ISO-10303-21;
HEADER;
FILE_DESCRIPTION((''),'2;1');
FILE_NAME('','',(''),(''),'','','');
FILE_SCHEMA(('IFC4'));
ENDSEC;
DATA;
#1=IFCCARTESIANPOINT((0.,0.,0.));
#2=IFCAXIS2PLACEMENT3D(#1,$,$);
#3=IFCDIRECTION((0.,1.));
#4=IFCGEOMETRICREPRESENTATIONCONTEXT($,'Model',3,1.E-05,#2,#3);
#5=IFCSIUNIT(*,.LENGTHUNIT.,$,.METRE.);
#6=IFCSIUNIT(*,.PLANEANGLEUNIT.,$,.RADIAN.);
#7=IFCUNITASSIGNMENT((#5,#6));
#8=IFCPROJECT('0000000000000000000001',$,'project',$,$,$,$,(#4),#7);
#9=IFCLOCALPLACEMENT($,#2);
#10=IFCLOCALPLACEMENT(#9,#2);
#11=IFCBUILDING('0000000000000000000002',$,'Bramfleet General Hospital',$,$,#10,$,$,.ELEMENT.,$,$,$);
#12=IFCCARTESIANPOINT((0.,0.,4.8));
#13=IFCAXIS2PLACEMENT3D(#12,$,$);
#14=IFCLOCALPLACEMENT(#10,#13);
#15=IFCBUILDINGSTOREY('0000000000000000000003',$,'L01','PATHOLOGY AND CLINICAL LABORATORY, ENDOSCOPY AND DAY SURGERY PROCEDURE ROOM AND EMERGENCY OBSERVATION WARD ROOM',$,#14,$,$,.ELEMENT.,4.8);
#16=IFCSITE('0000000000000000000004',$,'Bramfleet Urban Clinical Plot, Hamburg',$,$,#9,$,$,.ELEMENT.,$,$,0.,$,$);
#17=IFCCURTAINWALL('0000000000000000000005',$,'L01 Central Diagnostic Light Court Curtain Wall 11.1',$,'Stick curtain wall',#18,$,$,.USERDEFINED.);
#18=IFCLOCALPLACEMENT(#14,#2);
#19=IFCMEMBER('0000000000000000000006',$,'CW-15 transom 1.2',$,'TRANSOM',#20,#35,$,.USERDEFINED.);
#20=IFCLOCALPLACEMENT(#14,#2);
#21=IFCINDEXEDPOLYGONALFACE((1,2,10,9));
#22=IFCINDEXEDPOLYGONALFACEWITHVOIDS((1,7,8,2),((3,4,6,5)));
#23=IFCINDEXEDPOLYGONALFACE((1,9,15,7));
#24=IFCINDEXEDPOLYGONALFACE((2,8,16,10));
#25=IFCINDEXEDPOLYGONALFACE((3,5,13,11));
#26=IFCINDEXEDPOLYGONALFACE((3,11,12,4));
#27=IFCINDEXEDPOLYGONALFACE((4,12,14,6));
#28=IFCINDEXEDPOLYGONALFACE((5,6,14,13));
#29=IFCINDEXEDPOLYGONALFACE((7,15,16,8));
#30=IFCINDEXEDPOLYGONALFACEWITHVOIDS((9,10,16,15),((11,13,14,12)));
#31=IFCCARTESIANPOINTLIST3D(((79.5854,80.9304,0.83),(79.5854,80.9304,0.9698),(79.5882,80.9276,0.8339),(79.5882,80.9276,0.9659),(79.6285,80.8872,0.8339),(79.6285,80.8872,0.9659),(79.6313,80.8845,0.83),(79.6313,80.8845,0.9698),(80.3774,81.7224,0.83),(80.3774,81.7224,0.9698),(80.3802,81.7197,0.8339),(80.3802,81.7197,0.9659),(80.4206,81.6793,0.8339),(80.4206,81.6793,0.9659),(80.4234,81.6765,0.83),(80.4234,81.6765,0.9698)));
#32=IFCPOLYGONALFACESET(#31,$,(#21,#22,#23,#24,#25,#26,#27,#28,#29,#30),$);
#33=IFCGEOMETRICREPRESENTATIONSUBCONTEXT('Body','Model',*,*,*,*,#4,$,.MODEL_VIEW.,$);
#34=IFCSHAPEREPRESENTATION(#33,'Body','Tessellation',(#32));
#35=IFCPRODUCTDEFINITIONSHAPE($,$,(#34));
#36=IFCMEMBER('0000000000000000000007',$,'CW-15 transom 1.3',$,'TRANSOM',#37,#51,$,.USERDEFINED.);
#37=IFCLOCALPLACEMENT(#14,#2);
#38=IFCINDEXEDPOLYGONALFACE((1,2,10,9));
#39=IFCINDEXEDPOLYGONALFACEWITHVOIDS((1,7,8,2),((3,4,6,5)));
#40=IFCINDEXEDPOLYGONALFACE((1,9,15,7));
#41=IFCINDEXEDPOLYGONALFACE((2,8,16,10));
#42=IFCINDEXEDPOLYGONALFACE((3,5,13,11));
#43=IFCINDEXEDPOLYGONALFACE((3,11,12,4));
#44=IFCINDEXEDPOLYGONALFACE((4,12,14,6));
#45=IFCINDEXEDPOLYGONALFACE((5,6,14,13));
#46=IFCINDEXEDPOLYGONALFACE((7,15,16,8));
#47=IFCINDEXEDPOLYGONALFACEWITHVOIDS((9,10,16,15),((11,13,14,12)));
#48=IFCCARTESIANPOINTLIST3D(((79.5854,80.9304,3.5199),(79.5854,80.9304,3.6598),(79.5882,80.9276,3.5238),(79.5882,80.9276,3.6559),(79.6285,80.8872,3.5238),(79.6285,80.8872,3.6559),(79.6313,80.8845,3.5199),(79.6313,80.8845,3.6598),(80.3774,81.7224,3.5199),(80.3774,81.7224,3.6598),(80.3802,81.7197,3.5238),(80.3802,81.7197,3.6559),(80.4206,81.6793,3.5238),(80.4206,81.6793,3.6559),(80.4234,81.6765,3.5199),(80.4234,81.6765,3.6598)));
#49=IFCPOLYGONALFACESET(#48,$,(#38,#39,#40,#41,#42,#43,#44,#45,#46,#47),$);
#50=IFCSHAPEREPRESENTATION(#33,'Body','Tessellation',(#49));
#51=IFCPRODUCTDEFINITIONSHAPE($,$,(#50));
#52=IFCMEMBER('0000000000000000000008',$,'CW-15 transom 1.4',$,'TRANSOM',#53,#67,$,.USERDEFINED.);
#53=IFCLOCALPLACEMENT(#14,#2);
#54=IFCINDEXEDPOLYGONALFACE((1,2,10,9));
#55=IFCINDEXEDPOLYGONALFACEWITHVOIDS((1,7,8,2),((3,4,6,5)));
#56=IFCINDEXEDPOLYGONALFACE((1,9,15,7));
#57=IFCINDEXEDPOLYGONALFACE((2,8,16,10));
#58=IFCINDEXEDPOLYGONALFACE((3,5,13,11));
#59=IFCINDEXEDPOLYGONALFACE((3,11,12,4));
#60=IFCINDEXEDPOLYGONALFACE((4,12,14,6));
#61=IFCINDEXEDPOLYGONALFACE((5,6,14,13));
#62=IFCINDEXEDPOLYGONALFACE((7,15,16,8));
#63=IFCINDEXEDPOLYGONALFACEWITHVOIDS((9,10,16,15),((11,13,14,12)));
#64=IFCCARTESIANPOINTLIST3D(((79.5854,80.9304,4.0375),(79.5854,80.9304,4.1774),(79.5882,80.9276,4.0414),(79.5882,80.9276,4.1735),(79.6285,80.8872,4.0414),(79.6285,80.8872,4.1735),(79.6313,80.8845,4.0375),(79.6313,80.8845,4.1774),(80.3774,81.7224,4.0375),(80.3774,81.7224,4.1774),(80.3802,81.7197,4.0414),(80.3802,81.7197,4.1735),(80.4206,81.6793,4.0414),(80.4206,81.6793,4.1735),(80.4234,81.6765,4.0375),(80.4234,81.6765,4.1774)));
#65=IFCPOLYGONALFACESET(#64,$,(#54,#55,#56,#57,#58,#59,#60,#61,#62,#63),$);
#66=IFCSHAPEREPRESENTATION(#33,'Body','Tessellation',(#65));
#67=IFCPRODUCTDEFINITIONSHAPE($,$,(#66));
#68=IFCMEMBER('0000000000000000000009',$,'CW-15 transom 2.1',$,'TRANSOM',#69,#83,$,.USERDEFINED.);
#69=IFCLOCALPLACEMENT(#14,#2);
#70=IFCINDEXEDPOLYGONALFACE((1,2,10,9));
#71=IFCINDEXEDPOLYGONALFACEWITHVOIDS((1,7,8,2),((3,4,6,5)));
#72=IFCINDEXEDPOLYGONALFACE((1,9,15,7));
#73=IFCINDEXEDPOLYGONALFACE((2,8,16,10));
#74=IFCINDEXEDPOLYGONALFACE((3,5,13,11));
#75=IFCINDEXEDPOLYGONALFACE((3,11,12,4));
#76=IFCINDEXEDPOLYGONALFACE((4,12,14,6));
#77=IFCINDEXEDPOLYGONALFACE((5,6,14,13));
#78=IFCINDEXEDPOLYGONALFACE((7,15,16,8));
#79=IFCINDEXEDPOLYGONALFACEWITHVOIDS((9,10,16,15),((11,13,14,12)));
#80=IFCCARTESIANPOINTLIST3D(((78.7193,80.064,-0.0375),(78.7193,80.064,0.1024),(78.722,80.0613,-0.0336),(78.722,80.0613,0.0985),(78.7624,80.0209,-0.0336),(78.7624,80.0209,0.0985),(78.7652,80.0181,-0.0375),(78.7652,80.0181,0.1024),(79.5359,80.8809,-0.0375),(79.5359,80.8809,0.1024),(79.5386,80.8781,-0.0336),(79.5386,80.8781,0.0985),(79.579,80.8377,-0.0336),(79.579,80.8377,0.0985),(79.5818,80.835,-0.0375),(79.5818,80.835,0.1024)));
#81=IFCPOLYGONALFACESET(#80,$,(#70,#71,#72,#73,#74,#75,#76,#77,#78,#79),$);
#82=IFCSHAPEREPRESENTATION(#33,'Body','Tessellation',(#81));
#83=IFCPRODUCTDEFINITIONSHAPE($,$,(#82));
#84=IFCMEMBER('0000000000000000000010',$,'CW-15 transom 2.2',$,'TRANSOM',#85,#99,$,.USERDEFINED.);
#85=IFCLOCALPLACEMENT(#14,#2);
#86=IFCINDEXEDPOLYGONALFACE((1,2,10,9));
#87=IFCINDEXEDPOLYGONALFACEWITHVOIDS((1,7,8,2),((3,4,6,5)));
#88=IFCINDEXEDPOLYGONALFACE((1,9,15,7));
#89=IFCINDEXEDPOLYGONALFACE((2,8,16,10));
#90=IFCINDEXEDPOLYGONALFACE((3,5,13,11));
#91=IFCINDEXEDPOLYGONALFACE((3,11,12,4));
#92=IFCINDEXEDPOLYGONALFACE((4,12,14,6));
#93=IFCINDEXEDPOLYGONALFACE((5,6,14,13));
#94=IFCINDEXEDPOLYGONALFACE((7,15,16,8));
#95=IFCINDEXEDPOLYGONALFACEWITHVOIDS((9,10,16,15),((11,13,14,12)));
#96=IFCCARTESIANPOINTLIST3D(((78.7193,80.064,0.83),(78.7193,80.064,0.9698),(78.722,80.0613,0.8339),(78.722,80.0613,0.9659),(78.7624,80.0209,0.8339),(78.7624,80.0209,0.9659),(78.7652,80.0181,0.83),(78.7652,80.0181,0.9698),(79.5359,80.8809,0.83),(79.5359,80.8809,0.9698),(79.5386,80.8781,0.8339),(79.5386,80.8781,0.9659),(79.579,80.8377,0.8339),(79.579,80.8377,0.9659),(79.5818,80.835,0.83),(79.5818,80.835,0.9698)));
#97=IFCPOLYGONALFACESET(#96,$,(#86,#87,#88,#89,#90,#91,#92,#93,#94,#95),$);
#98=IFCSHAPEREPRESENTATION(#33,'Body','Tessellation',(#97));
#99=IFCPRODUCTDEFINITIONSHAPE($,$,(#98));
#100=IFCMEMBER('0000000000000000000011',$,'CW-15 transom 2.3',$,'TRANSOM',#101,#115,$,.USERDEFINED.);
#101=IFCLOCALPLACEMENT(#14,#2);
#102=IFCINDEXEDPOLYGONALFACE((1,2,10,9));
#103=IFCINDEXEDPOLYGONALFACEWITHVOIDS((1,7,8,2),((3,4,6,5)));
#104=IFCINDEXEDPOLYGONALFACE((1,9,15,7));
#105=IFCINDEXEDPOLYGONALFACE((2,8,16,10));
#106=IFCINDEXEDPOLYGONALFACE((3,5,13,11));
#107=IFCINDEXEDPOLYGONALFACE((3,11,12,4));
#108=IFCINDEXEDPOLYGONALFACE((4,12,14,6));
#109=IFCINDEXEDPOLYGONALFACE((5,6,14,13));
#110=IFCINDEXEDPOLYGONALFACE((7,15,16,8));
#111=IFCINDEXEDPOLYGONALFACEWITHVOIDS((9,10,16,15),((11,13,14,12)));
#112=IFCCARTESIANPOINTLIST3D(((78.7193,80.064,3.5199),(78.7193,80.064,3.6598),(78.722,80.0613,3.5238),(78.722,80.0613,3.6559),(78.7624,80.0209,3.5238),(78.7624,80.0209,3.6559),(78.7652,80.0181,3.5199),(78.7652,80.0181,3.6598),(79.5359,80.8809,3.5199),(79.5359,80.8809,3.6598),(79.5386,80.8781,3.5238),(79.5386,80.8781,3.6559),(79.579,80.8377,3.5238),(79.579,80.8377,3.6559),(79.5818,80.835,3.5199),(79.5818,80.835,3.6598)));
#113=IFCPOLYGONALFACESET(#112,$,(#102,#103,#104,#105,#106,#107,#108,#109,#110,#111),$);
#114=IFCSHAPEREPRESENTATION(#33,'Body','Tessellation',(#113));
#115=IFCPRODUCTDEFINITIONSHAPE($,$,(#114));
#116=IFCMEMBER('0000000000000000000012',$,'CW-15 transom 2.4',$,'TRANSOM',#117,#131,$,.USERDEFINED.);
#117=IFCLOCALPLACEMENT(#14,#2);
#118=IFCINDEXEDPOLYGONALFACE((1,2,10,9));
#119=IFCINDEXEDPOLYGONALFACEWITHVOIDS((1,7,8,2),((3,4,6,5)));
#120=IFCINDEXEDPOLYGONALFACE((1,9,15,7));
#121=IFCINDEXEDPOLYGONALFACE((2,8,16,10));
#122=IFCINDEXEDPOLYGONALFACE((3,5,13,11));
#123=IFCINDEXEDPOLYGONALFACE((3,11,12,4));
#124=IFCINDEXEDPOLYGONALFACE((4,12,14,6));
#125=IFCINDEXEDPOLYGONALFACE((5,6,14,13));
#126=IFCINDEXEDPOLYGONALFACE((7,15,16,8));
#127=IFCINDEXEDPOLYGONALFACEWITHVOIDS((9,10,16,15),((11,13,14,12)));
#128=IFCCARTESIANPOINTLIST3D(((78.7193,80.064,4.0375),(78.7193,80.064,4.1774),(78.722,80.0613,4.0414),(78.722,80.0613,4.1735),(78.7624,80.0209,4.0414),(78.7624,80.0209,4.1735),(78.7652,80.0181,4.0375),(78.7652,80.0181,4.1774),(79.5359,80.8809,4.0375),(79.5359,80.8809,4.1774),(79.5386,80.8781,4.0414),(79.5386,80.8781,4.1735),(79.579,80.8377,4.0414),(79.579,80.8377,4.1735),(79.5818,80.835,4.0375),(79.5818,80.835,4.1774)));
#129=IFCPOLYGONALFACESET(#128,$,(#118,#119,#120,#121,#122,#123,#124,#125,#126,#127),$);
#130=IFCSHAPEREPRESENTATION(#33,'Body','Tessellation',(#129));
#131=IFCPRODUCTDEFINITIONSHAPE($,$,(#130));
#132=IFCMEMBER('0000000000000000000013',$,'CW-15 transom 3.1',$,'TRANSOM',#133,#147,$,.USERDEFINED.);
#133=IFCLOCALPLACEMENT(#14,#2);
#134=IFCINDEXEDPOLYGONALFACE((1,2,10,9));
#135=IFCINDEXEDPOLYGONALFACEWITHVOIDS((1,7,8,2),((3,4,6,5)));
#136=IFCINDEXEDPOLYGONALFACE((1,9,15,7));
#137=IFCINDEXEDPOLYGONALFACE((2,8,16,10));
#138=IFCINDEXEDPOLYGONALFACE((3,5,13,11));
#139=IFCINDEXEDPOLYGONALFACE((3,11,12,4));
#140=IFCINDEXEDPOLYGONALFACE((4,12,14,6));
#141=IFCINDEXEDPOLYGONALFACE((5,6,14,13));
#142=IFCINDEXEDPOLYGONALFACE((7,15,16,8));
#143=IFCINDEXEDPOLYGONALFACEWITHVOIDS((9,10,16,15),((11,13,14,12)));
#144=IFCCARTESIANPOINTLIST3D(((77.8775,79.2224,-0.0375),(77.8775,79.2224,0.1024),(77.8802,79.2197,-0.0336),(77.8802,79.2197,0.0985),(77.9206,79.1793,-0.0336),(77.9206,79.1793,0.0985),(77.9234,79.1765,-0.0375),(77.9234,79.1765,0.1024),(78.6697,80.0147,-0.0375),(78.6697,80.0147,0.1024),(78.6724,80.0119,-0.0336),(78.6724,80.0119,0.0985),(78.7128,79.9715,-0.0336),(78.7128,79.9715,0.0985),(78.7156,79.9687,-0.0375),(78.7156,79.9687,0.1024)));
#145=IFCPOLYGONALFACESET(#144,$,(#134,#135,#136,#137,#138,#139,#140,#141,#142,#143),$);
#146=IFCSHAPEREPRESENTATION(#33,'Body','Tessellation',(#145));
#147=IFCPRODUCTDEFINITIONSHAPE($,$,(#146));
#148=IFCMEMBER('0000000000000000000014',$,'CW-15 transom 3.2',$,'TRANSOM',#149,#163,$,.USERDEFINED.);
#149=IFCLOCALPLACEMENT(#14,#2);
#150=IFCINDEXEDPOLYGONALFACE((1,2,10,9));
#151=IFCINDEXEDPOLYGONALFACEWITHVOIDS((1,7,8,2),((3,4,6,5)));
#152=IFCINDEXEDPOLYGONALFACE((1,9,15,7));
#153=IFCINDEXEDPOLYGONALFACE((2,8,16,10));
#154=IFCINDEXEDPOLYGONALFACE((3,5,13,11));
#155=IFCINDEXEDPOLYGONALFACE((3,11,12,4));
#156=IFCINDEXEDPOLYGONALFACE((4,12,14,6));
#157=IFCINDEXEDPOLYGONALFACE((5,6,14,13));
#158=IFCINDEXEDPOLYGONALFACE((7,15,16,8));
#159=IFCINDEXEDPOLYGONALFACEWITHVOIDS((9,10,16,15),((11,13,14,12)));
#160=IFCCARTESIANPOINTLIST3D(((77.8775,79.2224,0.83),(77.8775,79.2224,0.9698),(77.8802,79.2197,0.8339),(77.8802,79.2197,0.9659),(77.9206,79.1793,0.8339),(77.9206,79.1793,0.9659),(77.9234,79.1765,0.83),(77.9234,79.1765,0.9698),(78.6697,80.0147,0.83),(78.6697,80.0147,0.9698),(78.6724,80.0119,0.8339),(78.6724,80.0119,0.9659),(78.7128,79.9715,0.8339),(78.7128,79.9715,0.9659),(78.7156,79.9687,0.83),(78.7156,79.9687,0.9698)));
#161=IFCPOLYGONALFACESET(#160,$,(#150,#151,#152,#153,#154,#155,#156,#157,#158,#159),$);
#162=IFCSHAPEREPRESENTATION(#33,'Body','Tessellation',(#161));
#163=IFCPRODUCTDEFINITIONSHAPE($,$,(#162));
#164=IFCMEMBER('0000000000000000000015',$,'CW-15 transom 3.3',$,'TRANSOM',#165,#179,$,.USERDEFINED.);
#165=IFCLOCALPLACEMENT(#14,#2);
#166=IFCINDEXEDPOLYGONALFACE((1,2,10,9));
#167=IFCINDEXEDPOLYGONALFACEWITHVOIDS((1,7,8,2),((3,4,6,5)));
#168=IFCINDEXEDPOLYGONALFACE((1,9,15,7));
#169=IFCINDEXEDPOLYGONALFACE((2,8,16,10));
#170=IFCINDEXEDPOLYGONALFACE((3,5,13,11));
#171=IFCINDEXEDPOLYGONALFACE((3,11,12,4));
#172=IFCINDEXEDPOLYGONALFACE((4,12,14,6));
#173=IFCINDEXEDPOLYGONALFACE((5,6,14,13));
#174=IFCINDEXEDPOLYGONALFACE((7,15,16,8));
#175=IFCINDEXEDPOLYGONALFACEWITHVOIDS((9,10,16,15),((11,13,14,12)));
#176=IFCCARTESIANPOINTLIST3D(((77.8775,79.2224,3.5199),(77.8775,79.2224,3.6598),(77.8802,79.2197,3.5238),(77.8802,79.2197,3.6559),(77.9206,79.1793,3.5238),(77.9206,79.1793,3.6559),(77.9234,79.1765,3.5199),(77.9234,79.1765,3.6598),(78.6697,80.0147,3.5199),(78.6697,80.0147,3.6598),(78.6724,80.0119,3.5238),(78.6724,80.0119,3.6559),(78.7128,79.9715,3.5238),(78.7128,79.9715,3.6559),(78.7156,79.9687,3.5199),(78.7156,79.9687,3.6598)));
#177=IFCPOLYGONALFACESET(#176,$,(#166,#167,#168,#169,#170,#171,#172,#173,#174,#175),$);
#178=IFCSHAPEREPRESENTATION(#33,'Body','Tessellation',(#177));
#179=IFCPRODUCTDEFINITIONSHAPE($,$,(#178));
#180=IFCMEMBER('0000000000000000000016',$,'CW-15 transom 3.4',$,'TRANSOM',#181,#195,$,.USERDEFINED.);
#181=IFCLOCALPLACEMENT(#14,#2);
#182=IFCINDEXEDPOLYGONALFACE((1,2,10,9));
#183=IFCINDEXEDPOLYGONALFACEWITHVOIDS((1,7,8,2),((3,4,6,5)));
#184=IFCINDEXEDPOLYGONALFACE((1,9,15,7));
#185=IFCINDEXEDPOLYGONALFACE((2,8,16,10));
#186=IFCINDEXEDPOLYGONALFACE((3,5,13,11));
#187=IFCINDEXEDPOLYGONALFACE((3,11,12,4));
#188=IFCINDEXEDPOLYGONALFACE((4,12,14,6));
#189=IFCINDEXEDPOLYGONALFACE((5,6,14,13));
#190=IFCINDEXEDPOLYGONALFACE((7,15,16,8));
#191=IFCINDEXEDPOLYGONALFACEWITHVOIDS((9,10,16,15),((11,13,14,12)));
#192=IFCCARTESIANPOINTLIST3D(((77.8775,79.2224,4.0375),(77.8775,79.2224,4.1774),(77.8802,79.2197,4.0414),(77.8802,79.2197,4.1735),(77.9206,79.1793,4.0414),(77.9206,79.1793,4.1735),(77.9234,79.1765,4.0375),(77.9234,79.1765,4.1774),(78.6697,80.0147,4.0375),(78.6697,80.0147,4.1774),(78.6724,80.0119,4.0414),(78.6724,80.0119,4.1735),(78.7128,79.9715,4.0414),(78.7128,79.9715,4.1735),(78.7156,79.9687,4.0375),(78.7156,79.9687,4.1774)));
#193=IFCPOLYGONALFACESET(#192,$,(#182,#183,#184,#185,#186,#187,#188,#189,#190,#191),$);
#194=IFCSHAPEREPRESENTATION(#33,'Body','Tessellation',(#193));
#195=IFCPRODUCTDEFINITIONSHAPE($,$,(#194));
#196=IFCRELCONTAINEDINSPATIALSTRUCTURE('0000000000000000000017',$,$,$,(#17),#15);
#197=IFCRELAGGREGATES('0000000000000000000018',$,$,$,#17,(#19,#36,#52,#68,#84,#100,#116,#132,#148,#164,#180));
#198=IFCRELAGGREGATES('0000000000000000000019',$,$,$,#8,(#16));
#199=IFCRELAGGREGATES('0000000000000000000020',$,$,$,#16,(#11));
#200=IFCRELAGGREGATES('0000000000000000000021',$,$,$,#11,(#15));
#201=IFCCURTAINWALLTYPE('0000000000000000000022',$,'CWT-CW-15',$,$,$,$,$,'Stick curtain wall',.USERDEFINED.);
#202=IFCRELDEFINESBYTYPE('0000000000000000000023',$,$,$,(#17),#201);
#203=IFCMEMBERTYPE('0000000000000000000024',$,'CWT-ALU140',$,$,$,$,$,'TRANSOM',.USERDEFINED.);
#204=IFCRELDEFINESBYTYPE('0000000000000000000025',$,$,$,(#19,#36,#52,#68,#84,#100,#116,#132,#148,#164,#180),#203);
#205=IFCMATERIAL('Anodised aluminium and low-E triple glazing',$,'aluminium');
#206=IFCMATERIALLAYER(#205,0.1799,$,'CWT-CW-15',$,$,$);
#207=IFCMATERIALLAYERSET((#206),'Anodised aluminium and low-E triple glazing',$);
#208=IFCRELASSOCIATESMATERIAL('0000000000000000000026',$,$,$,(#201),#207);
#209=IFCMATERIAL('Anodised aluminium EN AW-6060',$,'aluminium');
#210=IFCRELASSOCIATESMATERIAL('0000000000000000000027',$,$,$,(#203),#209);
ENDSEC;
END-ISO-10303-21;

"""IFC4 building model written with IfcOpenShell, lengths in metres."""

from ifc_helpers import new_model, si_unit, direction, frame, origin, origin_2d, place, context, subcontext, project, spatial, hollow_rectangle, extrude, material, layer, layer_set, material_profile, profile_set, type_object, element, aggregate, save


model = new_model("IFC4")

# Units and contexts
model_context = context("Model", 3, precision=1e-05, world=origin(), true_north=direction((0.0, 1.0)))
body_context = subcontext(model_context, "Body", "Model", "MODEL_VIEW")
ifc_project = project(units=[si_unit("LENGTHUNIT", "METRE"), si_unit("PLANEANGLEUNIT", "RADIAN")], contexts=[model_context])

# Site, building, storey
site_placement = place(None, origin())
site = spatial("IfcSite", under=ifc_project, at=site_placement, Name="Bramfleet Urban Clinical Plot, Hamburg", CompositionType="ELEMENT", RefElevation=0.0)
building_placement = place(site_placement, origin())
building = spatial("IfcBuilding", under=site, at=building_placement, Name="Bramfleet General Hospital", CompositionType="ELEMENT")
storey_placement = place(building_placement, frame((0.0, 0.0, 4.8)))
storey = spatial("IfcBuildingStorey", under=building, at=storey_placement, Name="L01", Description="PATHOLOGY AND CLINICAL LABORATORY, ENDOSCOPY AND DAY SURGERY PROCEDURE ROOM AND EMERGENCY OBSERVATION WARD ROOM", CompositionType="ELEMENT", Elevation=4.8)

# Curtain wall
ifc_material_1 = material(Name="Anodised aluminium and low-E triple glazing", Category="aluminium")
ifc_material_2 = material(Name="Anodised aluminium EN AW-6060", Category="aluminium")
ifc_layer_1 = layer(ifc_material_1, 0.1799, Name="CWT-CW-15")
ifc_layer_set_1 = layer_set([ifc_layer_1], Name="Anodised aluminium and low-E triple glazing")
curtain_wall_type_1 = type_object("IfcCurtainWallType", Name="CWT-CW-15", ElementType="Stick curtain wall", PredefinedType="USERDEFINED", material=ifc_layer_set_1)
curtain_wall_1_placement = place(storey_placement, origin())
curtain_wall_1 = element("IfcCurtainWall", 1, at=curtain_wall_1_placement, inside=storey, type_object=curtain_wall_type_1, Name="L01 Central Diagnostic Light Court Curtain Wall 11.1", ObjectType="Stick curtain wall", PredefinedType="USERDEFINED")

# Members
ifc_material_profile_1 = material_profile(ifc_material_2, hollow_rectangle(XDim=0.0649, YDim=0.1399, WallThickness=0.0039, at=origin_2d()), Name="ALU 140x65x4.0")
ifc_profile_set_1 = profile_set([ifc_material_profile_1], Name="Anodised aluminium EN AW-6060")
member_type_1 = type_object("IfcMemberType", Name="CWT-ALU140", ElementType="TRANSOM", PredefinedType="USERDEFINED", material=ifc_profile_set_1)
member_1_placement = place(storey_placement, frame((80.4004, 81.6995, 0.8999), z_axis=(-0.707107, -0.707107, 0.0), x_axis=(0.707107, -0.707107, 0.0)))
member_1 = element("IfcMember", 2, at=member_1_placement, type_object=member_type_1, Name="CW-15 transom 1.2", ObjectType="TRANSOM", PredefinedType="USERDEFINED", context=body_context, shape_type="SweptSolid", body=[
    extrude(hollow_rectangle(XDim=0.0649, YDim=0.1399, WallThickness=0.0039, at=origin_2d()), origin(), (0.0, 0.0, 1.0), 1.1201),
])
member_2_placement = place(storey_placement, frame((80.4004, 81.6995, 3.5898), z_axis=(-0.707107, -0.707107, 0.0), x_axis=(0.707107, -0.707107, 0.0)))
member_2 = element("IfcMember", 3, at=member_2_placement, type_object=member_type_1, Name="CW-15 transom 1.3", ObjectType="TRANSOM", PredefinedType="USERDEFINED", context=body_context, shape_type="SweptSolid", body=[
    extrude(hollow_rectangle(XDim=0.0649, YDim=0.1399, WallThickness=0.0039, at=origin_2d()), origin(), (0.0, 0.0, 1.0), 1.1201),
])
member_3_placement = place(storey_placement, frame((80.4004, 81.6995, 4.1074), z_axis=(-0.707107, -0.707107, 0.0), x_axis=(0.707107, -0.707107, 0.0)))
member_3 = element("IfcMember", 4, at=member_3_placement, type_object=member_type_1, Name="CW-15 transom 1.4", ObjectType="TRANSOM", PredefinedType="USERDEFINED", context=body_context, shape_type="SweptSolid", body=[
    extrude(hollow_rectangle(XDim=0.0649, YDim=0.1399, WallThickness=0.0039, at=origin_2d()), origin(), (0.0, 0.0, 1.0), 1.1201),
])
member_4_placement = place(storey_placement, frame((79.5588, 80.8579, 0.0325), z_axis=(-0.707001, -0.707212, 0.0), x_axis=(0.707212, -0.707001, 0.0)))
member_4 = element("IfcMember", 5, at=member_4_placement, type_object=member_type_1, Name="CW-15 transom 2.1", ObjectType="TRANSOM", PredefinedType="USERDEFINED", context=body_context, shape_type="SweptSolid", body=[
    extrude(hollow_rectangle(XDim=0.0649, YDim=0.1399, WallThickness=0.0039, at=origin_2d()), origin(), (0.0, 0.0, 1.0), 1.155),
])
member_5_placement = place(storey_placement, frame((79.5588, 80.8579, 0.8999), z_axis=(-0.707001, -0.707212, 0.0), x_axis=(0.707212, -0.707001, 0.0)))
member_5 = element("IfcMember", 6, at=member_5_placement, type_object=member_type_1, Name="CW-15 transom 2.2", ObjectType="TRANSOM", PredefinedType="USERDEFINED", context=body_context, shape_type="SweptSolid", body=[
    extrude(hollow_rectangle(XDim=0.0649, YDim=0.1399, WallThickness=0.0039, at=origin_2d()), origin(), (0.0, 0.0, 1.0), 1.155),
])
member_6_placement = place(storey_placement, frame((79.5588, 80.8579, 3.5898), z_axis=(-0.707001, -0.707212, 0.0), x_axis=(0.707212, -0.707001, 0.0)))
member_6 = element("IfcMember", 7, at=member_6_placement, type_object=member_type_1, Name="CW-15 transom 2.3", ObjectType="TRANSOM", PredefinedType="USERDEFINED", context=body_context, shape_type="SweptSolid", body=[
    extrude(hollow_rectangle(XDim=0.0649, YDim=0.1399, WallThickness=0.0039, at=origin_2d()), origin(), (0.0, 0.0, 1.0), 1.155),
])
member_7_placement = place(storey_placement, frame((79.5588, 80.8579, 4.1074), z_axis=(-0.707001, -0.707212, 0.0), x_axis=(0.707212, -0.707001, 0.0)))
member_7 = element("IfcMember", 8, at=member_7_placement, type_object=member_type_1, Name="CW-15 transom 2.4", ObjectType="TRANSOM", PredefinedType="USERDEFINED", context=body_context, shape_type="SweptSolid", body=[
    extrude(hollow_rectangle(XDim=0.0649, YDim=0.1399, WallThickness=0.0039, at=origin_2d()), origin(), (0.0, 0.0, 1.0), 1.155),
])
member_8_placement = place(storey_placement, frame((78.6926, 79.9917, 0.0325), z_axis=(-0.707107, -0.707107, 0.0), x_axis=(0.707107, -0.707107, 0.0)))
member_8 = element("IfcMember", 9, at=member_8_placement, type_object=member_type_1, Name="CW-15 transom 3.1", ObjectType="TRANSOM", PredefinedType="USERDEFINED", context=body_context, shape_type="SweptSolid", body=[
    extrude(hollow_rectangle(XDim=0.0649, YDim=0.1399, WallThickness=0.0039, at=origin_2d()), origin(), (0.0, 0.0, 1.0), 1.1204),
])
member_9_placement = place(storey_placement, frame((78.6926, 79.9917, 0.8999), z_axis=(-0.707107, -0.707107, 0.0), x_axis=(0.707107, -0.707107, 0.0)))
member_9 = element("IfcMember", 10, at=member_9_placement, type_object=member_type_1, Name="CW-15 transom 3.2", ObjectType="TRANSOM", PredefinedType="USERDEFINED", context=body_context, shape_type="SweptSolid", body=[
    extrude(hollow_rectangle(XDim=0.0649, YDim=0.1399, WallThickness=0.0039, at=origin_2d()), origin(), (0.0, 0.0, 1.0), 1.1204),
])
member_10_placement = place(storey_placement, frame((78.6926, 79.9917, 3.5898), z_axis=(-0.707107, -0.707107, 0.0), x_axis=(0.707107, -0.707107, 0.0)))
member_10 = element("IfcMember", 11, at=member_10_placement, type_object=member_type_1, Name="CW-15 transom 3.3", ObjectType="TRANSOM", PredefinedType="USERDEFINED", context=body_context, shape_type="SweptSolid", body=[
    extrude(hollow_rectangle(XDim=0.0649, YDim=0.1399, WallThickness=0.0039, at=origin_2d()), origin(), (0.0, 0.0, 1.0), 1.1204),
])
member_11_placement = place(storey_placement, frame((78.6926, 79.9917, 4.1074), z_axis=(-0.707107, -0.707107, 0.0), x_axis=(0.707107, -0.707107, 0.0)))
member_11 = element("IfcMember", 12, at=member_11_placement, type_object=member_type_1, Name="CW-15 transom 3.4", ObjectType="TRANSOM", PredefinedType="USERDEFINED", context=body_context, shape_type="SweptSolid", body=[
    extrude(hollow_rectangle(XDim=0.0649, YDim=0.1399, WallThickness=0.0039, at=origin_2d()), origin(), (0.0, 0.0, 1.0), 1.1204),
])

aggregate(curtain_wall_1, [member_1, member_2, member_3, member_4, member_5, member_6, member_7, member_8, member_9, member_10, member_11])

save(model, "model.ifc")
